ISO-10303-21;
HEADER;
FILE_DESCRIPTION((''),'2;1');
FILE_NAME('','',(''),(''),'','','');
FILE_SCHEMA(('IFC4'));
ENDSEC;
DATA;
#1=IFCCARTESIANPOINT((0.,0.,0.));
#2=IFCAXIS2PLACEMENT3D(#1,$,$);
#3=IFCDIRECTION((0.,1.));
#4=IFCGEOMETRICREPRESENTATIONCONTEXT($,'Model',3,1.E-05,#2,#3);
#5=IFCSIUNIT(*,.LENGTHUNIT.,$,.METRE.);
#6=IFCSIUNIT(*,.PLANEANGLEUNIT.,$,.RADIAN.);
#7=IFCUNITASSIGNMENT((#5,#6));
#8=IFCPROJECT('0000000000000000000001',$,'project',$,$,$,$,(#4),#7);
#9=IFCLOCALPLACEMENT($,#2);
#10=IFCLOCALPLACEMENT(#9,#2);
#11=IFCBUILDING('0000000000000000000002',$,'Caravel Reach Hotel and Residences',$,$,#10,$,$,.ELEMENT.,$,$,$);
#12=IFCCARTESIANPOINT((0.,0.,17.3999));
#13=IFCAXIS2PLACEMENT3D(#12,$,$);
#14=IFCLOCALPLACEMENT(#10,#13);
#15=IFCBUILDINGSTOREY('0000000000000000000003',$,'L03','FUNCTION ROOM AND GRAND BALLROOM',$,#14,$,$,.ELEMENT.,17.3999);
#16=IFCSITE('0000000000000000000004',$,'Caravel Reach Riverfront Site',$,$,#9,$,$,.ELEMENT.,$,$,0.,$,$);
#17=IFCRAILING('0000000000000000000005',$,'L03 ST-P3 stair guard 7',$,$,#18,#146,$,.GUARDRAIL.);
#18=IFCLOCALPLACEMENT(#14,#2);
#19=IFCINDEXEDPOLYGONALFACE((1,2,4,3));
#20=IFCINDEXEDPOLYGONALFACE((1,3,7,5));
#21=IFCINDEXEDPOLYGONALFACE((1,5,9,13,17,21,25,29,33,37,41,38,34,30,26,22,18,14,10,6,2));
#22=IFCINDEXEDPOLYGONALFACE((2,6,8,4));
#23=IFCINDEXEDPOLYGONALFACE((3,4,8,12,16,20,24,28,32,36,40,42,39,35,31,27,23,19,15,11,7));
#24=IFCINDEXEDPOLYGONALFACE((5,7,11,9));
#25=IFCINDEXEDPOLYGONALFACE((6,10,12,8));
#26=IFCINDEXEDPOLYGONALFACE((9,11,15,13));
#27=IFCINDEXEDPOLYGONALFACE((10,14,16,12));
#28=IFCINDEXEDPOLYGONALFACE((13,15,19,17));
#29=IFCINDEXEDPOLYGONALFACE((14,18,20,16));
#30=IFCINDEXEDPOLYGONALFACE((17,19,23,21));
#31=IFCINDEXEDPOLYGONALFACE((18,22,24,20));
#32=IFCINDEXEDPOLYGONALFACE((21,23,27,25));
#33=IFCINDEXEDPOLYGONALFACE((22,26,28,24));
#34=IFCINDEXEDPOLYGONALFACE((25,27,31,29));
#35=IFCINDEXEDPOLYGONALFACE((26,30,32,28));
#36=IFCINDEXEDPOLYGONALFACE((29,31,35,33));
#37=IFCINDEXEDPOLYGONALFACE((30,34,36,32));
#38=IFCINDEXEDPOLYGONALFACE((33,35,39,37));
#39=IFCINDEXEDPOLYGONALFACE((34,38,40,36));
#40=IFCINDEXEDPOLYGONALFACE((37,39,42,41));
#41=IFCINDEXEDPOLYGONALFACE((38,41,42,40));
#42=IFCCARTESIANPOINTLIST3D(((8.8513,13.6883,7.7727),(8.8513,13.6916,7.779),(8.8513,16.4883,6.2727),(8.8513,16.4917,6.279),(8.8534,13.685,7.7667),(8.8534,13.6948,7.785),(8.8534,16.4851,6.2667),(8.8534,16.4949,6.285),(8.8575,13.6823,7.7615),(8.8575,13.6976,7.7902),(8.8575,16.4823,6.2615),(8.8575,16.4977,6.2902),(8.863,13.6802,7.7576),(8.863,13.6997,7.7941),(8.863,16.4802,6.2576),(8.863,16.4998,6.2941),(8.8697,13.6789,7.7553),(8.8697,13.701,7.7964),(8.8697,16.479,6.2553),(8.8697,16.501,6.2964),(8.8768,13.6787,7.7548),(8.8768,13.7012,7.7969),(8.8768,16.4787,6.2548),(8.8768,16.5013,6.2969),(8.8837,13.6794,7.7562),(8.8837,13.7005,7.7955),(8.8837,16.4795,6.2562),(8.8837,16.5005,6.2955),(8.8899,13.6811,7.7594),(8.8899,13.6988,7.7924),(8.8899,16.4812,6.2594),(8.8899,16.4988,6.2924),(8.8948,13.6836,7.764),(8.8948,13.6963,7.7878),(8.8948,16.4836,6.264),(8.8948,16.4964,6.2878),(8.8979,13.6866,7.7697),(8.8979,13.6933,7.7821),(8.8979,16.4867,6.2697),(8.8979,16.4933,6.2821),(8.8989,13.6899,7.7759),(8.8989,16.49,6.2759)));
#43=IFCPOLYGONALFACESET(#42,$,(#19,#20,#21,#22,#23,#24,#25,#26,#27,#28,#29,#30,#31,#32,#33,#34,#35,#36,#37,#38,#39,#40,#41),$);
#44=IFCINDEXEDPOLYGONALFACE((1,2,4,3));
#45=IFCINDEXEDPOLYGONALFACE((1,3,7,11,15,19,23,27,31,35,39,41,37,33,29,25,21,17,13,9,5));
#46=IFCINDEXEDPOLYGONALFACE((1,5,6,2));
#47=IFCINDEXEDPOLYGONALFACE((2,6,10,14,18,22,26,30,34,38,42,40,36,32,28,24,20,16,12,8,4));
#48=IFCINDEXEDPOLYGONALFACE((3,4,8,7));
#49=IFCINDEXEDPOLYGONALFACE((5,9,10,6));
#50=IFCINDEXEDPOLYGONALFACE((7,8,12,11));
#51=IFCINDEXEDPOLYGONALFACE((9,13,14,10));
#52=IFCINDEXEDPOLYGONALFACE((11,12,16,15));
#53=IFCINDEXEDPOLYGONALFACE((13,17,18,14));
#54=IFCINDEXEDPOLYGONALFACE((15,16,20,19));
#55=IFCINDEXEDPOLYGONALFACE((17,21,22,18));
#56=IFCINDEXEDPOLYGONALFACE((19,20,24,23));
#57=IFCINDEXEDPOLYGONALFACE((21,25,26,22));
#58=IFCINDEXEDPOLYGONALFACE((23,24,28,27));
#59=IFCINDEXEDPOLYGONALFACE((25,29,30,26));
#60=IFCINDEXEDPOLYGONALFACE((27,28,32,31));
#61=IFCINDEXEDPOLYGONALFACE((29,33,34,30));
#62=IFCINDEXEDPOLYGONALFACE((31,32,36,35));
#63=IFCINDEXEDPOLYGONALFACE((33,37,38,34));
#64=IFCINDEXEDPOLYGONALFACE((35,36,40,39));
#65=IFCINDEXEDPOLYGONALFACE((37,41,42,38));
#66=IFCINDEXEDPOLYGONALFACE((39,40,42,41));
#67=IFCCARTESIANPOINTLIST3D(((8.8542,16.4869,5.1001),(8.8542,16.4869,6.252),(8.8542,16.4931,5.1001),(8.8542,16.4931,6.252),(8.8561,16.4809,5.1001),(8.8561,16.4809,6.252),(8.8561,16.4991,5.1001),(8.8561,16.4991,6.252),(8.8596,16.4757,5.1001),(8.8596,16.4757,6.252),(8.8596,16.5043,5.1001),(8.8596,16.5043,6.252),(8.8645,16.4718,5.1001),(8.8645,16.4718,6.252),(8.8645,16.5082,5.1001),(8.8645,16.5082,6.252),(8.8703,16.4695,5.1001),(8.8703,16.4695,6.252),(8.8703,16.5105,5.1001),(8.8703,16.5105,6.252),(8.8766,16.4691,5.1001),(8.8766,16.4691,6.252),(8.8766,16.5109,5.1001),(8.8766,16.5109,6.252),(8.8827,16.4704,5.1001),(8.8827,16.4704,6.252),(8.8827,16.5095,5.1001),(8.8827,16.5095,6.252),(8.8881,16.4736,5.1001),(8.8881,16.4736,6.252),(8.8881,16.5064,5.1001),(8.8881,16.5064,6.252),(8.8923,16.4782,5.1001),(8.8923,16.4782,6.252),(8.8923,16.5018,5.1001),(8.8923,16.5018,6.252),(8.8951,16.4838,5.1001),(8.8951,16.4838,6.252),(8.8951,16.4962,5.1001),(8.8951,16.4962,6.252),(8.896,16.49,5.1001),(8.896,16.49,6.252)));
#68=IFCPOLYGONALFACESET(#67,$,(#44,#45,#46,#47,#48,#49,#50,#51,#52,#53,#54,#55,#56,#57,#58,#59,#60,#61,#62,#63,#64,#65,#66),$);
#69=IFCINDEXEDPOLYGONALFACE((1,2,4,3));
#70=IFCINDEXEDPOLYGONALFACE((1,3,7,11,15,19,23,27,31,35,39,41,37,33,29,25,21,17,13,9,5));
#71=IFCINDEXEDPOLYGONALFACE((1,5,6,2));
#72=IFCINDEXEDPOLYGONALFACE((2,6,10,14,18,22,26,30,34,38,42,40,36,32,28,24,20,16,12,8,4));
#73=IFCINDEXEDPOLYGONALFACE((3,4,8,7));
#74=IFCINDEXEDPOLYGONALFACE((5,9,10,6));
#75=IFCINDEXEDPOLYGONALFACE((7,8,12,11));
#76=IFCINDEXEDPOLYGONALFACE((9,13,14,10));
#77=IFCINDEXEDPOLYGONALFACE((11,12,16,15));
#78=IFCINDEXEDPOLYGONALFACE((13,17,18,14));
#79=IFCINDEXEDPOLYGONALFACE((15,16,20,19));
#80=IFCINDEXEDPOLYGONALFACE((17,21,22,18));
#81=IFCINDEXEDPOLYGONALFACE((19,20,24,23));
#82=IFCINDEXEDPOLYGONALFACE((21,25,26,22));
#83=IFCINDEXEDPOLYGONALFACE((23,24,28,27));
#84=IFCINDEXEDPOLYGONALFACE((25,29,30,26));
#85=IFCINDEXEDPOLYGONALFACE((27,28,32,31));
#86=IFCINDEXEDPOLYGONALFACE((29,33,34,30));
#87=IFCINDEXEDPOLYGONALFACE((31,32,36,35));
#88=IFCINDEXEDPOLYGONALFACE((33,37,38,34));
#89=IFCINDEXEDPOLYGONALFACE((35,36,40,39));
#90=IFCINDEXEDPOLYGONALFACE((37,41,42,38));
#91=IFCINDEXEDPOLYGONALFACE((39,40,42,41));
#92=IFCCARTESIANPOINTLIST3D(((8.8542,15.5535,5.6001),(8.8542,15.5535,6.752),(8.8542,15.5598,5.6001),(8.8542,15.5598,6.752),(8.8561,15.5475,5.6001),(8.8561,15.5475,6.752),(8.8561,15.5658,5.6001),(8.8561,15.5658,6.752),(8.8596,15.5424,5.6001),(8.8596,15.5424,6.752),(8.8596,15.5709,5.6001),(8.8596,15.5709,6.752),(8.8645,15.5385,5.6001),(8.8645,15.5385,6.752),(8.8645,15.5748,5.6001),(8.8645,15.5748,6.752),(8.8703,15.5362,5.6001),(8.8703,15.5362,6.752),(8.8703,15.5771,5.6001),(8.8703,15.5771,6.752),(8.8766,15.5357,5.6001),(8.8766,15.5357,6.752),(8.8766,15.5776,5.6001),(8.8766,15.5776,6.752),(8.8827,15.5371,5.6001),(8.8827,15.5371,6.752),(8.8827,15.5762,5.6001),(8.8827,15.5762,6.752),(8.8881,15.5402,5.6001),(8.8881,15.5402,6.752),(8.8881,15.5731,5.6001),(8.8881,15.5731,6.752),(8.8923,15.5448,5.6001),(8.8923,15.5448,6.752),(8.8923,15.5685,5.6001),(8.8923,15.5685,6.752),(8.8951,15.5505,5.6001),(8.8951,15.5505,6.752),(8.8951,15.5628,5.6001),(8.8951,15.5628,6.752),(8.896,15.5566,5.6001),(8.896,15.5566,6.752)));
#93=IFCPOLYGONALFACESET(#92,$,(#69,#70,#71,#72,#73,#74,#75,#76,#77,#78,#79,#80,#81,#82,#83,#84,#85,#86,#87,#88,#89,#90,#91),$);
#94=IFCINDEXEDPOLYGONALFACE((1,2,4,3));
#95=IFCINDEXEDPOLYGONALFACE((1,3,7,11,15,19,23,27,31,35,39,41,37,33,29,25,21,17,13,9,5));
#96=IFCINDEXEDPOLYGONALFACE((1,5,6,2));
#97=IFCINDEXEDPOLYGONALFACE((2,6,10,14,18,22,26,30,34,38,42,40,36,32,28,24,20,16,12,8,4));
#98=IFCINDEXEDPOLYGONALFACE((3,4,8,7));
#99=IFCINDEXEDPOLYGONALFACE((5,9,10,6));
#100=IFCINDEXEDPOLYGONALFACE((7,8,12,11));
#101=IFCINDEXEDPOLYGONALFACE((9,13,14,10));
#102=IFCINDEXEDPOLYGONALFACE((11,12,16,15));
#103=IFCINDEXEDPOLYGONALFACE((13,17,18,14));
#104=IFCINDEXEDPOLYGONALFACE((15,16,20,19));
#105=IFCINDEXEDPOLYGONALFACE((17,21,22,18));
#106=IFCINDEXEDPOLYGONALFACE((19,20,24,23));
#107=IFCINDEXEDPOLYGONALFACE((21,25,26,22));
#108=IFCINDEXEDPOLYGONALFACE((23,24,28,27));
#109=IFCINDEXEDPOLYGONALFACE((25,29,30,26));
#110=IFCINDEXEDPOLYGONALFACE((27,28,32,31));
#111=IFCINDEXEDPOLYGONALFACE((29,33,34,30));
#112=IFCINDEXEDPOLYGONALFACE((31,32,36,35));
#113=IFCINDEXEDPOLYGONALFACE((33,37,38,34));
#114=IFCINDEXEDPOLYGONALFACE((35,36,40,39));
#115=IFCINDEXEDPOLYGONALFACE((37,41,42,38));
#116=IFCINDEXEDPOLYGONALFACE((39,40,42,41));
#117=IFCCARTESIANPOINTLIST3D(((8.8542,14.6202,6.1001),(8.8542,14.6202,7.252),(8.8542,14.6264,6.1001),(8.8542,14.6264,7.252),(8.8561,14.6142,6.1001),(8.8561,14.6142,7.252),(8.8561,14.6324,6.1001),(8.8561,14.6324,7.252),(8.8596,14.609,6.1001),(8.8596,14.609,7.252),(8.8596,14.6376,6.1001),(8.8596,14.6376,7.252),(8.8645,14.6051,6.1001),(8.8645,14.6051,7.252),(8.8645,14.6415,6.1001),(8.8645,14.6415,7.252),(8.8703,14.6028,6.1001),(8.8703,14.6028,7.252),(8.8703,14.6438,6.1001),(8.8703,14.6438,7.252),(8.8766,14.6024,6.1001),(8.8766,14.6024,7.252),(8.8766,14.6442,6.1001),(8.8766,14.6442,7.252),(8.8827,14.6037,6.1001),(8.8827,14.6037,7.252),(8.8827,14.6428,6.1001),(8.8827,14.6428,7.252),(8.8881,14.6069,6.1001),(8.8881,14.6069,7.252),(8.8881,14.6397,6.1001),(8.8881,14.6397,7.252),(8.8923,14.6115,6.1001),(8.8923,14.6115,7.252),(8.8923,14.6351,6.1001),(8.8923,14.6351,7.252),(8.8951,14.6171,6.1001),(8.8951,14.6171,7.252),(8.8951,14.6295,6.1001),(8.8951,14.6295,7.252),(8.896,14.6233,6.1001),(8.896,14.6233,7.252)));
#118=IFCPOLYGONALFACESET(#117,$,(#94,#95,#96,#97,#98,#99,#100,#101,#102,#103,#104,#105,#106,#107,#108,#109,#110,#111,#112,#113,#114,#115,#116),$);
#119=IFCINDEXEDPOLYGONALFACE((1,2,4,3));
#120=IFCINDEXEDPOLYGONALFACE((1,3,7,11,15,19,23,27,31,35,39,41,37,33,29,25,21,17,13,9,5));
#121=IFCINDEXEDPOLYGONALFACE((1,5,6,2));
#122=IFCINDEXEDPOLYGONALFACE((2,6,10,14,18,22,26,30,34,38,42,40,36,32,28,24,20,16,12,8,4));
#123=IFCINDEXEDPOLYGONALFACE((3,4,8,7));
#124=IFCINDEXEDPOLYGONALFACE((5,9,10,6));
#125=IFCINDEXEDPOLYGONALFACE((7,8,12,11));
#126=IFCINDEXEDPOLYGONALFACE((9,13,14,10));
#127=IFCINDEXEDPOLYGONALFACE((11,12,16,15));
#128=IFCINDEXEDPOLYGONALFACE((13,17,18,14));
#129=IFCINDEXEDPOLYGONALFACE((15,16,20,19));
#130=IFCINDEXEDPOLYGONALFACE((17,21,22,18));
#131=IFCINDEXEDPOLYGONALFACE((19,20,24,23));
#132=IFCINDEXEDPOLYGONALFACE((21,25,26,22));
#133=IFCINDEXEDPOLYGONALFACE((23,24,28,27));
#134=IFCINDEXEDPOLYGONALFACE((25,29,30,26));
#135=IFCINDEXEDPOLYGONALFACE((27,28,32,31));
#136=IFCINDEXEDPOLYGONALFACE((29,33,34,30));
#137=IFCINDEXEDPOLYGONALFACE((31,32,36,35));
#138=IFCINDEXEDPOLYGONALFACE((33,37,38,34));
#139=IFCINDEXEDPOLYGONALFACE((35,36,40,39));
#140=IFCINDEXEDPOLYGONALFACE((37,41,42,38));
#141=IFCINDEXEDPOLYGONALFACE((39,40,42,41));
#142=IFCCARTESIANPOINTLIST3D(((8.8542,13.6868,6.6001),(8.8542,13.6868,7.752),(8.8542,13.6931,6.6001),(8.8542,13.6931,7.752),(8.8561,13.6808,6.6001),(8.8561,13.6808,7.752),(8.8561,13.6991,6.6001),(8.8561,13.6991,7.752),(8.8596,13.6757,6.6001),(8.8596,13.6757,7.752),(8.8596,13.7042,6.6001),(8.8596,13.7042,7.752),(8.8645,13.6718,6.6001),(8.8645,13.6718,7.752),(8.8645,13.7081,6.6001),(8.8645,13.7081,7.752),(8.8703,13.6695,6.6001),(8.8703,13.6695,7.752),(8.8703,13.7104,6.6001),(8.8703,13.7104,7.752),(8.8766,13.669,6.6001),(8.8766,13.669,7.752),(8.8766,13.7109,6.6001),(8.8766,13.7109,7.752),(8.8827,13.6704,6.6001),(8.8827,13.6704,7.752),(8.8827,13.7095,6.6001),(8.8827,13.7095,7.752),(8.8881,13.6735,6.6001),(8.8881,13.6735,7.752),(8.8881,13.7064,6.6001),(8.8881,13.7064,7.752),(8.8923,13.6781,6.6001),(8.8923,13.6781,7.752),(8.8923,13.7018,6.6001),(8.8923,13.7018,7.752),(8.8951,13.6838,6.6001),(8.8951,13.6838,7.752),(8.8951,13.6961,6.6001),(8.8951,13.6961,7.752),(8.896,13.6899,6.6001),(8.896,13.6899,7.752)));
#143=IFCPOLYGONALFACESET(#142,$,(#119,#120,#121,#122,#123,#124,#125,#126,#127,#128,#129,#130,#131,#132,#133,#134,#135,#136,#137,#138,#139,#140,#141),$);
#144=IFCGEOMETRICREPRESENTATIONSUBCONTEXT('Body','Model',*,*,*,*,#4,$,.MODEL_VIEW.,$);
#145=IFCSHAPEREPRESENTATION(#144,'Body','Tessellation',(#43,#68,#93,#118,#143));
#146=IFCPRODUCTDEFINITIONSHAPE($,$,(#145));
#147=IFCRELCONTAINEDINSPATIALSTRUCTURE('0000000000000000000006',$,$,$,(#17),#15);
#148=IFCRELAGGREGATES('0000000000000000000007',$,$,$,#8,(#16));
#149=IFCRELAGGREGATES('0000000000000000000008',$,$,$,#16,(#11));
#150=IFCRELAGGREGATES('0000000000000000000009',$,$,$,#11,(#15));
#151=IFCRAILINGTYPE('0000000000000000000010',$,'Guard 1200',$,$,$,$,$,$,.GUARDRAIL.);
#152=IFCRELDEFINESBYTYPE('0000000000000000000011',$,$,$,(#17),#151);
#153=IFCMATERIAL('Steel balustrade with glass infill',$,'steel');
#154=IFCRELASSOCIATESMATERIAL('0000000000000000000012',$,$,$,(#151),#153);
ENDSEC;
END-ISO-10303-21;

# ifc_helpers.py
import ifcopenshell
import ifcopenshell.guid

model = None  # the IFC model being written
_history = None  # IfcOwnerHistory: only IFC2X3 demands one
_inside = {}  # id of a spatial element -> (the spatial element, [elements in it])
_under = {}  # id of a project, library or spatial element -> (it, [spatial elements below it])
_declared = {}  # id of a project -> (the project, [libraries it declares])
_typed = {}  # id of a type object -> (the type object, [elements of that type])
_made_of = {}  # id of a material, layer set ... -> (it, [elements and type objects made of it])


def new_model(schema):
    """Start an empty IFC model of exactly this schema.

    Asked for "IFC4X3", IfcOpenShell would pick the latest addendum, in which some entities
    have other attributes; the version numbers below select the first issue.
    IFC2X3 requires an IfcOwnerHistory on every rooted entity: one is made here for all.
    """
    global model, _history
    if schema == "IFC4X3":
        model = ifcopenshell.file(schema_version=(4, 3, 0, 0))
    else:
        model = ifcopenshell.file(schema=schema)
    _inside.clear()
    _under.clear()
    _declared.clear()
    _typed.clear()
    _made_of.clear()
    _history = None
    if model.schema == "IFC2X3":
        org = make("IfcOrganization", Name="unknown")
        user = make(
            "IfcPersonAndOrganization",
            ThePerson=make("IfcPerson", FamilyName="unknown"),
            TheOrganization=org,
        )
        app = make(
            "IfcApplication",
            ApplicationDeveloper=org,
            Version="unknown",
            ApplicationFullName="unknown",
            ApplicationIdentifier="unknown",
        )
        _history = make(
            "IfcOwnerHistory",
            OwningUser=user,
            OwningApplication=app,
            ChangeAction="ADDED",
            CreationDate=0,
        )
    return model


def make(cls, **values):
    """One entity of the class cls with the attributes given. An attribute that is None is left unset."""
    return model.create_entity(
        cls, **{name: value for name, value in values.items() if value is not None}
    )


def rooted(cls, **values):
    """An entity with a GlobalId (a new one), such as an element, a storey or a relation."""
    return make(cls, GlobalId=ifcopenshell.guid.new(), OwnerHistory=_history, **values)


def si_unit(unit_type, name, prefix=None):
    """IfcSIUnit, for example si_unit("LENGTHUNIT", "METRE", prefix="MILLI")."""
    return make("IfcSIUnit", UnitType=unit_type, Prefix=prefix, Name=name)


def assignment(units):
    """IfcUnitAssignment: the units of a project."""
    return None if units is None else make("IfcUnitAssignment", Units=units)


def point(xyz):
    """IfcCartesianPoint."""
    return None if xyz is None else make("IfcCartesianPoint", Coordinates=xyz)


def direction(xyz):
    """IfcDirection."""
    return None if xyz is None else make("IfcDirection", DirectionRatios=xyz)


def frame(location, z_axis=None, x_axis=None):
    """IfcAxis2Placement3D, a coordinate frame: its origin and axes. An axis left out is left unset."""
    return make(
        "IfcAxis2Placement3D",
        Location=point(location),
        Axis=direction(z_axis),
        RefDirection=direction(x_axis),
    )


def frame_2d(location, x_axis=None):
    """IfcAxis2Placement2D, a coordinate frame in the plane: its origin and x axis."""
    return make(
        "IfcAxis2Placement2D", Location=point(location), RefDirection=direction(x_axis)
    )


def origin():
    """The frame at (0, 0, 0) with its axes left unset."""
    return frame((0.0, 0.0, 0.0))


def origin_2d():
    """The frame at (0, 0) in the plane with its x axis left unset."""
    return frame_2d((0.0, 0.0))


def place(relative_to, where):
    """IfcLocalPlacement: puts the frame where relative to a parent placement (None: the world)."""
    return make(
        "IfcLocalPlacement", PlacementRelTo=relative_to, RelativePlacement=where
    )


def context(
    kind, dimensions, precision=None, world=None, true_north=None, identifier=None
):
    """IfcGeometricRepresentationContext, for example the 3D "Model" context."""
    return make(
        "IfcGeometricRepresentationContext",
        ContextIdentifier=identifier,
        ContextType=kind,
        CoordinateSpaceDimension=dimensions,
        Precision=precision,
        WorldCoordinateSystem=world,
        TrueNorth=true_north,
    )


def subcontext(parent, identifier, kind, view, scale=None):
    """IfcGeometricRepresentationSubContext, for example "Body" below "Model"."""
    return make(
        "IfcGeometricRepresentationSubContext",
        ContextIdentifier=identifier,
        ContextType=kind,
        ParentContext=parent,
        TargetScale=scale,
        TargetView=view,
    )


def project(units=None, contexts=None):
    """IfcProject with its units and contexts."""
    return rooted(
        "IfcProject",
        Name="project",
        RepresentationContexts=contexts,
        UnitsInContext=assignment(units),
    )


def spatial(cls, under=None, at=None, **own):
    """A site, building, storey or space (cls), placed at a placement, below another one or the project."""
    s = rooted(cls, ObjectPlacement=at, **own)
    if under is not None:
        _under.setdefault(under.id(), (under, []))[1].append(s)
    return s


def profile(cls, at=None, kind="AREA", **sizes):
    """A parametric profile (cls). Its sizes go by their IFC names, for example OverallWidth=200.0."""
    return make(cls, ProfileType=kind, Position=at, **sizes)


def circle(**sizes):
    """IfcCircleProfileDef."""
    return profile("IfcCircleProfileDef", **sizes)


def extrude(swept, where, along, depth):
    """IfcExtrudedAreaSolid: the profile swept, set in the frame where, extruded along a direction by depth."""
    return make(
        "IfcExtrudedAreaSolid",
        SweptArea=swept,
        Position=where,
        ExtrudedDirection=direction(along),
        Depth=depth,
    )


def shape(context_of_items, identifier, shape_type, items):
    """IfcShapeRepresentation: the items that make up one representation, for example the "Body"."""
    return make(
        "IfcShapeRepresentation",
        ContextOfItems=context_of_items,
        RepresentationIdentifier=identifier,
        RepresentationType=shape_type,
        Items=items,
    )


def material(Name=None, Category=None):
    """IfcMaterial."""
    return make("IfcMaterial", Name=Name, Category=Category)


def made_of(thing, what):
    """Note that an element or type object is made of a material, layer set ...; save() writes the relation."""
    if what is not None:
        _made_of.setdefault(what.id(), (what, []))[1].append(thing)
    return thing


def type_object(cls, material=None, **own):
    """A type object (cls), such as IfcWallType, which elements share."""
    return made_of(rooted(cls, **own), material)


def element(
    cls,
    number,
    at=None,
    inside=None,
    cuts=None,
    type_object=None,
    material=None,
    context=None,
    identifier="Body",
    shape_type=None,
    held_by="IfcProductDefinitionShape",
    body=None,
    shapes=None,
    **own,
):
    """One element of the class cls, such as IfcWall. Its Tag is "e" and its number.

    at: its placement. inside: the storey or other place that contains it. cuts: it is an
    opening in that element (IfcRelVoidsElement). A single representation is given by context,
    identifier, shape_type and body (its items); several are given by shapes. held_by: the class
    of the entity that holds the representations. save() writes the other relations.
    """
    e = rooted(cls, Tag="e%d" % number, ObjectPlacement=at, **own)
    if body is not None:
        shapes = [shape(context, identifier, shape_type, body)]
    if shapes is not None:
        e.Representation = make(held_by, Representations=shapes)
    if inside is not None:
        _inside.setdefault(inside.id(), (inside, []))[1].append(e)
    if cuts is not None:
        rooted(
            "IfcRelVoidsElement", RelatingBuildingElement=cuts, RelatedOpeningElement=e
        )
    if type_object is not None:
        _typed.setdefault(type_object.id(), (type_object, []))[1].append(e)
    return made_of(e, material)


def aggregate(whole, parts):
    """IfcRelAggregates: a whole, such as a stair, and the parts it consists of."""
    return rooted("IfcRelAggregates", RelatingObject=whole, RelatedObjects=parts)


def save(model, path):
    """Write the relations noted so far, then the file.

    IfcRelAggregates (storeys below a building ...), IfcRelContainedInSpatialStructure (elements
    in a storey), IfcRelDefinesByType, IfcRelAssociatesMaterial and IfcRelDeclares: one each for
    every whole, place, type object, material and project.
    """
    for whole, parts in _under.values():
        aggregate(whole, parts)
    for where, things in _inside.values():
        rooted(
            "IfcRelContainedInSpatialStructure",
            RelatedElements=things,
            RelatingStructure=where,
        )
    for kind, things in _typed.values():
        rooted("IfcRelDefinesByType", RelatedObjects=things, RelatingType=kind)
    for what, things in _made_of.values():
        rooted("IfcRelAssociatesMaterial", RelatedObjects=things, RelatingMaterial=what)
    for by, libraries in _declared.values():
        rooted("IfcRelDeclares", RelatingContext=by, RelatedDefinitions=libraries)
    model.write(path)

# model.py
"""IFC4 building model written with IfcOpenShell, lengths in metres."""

from ifc_helpers import new_model, si_unit, direction, frame, origin, origin_2d, place, context, subcontext, project, spatial, circle, extrude, material, type_object, element, save


model = new_model("IFC4")

# Units and contexts
model_context = context("Model", 3, precision=1e-05, world=origin(), true_north=direction((0.0, 1.0)))
body_context = subcontext(model_context, "Body", "Model", "MODEL_VIEW")
ifc_project = project(units=[si_unit("LENGTHUNIT", "METRE"), si_unit("PLANEANGLEUNIT", "RADIAN")], contexts=[model_context])

# Site, building, storey
site_placement = place(None, origin())
site = spatial("IfcSite", under=ifc_project, at=site_placement, Name="Caravel Reach Riverfront Site", CompositionType="ELEMENT", RefElevation=0.0)
building_placement = place(site_placement, origin())
building = spatial("IfcBuilding", under=site, at=building_placement, Name="Caravel Reach Hotel and Residences", CompositionType="ELEMENT")
storey_placement = place(building_placement, frame((0.0, 0.0, 17.3999)))
storey = spatial("IfcBuildingStorey", under=building, at=storey_placement, Name="L03", Description="FUNCTION ROOM AND GRAND BALLROOM", CompositionType="ELEMENT", Elevation=17.3999)

# Railing
ifc_material_1 = material(Name="Steel balustrade with glass infill", Category="steel")
railing_type_1 = type_object("IfcRailingType", Name="Guard 1200", PredefinedType="GUARDRAIL", material=ifc_material_1)
railing_1_placement = place(storey_placement, frame((8.875, 16.49, 5.1001)))
element("IfcRailing", 1, at=railing_1_placement, inside=storey, type_object=railing_type_1, Name="L03 ST-P3 stair guard 7", PredefinedType="GUARDRAIL", context=body_context, shape_type="SweptSolid", body=[
    extrude(circle(Radius=0.0239, at=origin_2d()), frame((0.0, 0.0, 1.1758), z_axis=(0.0, -0.881483, 0.472215), x_axis=(1.0, 0.0, 0.0)), (0.0, 0.0, 1.0), 3.1765),
    extrude(circle(Radius=0.021, at=origin_2d()), origin(), (0.0, 0.0, 1.0), 1.1519),
    extrude(circle(Radius=0.021, at=origin_2d()), frame((0.0, -0.9333, 0.5)), (0.0, 0.0, 1.0), 1.1519),
    extrude(circle(Radius=0.021, at=origin_2d()), frame((0.0, -1.8667, 1.0)), (0.0, 0.0, 1.0), 1.1519),
    extrude(circle(Radius=0.021, at=origin_2d()), frame((0.0, -2.8, 1.5)), (0.0, 0.0, 1.0), 1.1519),
])

save(model, "model.ifc")
